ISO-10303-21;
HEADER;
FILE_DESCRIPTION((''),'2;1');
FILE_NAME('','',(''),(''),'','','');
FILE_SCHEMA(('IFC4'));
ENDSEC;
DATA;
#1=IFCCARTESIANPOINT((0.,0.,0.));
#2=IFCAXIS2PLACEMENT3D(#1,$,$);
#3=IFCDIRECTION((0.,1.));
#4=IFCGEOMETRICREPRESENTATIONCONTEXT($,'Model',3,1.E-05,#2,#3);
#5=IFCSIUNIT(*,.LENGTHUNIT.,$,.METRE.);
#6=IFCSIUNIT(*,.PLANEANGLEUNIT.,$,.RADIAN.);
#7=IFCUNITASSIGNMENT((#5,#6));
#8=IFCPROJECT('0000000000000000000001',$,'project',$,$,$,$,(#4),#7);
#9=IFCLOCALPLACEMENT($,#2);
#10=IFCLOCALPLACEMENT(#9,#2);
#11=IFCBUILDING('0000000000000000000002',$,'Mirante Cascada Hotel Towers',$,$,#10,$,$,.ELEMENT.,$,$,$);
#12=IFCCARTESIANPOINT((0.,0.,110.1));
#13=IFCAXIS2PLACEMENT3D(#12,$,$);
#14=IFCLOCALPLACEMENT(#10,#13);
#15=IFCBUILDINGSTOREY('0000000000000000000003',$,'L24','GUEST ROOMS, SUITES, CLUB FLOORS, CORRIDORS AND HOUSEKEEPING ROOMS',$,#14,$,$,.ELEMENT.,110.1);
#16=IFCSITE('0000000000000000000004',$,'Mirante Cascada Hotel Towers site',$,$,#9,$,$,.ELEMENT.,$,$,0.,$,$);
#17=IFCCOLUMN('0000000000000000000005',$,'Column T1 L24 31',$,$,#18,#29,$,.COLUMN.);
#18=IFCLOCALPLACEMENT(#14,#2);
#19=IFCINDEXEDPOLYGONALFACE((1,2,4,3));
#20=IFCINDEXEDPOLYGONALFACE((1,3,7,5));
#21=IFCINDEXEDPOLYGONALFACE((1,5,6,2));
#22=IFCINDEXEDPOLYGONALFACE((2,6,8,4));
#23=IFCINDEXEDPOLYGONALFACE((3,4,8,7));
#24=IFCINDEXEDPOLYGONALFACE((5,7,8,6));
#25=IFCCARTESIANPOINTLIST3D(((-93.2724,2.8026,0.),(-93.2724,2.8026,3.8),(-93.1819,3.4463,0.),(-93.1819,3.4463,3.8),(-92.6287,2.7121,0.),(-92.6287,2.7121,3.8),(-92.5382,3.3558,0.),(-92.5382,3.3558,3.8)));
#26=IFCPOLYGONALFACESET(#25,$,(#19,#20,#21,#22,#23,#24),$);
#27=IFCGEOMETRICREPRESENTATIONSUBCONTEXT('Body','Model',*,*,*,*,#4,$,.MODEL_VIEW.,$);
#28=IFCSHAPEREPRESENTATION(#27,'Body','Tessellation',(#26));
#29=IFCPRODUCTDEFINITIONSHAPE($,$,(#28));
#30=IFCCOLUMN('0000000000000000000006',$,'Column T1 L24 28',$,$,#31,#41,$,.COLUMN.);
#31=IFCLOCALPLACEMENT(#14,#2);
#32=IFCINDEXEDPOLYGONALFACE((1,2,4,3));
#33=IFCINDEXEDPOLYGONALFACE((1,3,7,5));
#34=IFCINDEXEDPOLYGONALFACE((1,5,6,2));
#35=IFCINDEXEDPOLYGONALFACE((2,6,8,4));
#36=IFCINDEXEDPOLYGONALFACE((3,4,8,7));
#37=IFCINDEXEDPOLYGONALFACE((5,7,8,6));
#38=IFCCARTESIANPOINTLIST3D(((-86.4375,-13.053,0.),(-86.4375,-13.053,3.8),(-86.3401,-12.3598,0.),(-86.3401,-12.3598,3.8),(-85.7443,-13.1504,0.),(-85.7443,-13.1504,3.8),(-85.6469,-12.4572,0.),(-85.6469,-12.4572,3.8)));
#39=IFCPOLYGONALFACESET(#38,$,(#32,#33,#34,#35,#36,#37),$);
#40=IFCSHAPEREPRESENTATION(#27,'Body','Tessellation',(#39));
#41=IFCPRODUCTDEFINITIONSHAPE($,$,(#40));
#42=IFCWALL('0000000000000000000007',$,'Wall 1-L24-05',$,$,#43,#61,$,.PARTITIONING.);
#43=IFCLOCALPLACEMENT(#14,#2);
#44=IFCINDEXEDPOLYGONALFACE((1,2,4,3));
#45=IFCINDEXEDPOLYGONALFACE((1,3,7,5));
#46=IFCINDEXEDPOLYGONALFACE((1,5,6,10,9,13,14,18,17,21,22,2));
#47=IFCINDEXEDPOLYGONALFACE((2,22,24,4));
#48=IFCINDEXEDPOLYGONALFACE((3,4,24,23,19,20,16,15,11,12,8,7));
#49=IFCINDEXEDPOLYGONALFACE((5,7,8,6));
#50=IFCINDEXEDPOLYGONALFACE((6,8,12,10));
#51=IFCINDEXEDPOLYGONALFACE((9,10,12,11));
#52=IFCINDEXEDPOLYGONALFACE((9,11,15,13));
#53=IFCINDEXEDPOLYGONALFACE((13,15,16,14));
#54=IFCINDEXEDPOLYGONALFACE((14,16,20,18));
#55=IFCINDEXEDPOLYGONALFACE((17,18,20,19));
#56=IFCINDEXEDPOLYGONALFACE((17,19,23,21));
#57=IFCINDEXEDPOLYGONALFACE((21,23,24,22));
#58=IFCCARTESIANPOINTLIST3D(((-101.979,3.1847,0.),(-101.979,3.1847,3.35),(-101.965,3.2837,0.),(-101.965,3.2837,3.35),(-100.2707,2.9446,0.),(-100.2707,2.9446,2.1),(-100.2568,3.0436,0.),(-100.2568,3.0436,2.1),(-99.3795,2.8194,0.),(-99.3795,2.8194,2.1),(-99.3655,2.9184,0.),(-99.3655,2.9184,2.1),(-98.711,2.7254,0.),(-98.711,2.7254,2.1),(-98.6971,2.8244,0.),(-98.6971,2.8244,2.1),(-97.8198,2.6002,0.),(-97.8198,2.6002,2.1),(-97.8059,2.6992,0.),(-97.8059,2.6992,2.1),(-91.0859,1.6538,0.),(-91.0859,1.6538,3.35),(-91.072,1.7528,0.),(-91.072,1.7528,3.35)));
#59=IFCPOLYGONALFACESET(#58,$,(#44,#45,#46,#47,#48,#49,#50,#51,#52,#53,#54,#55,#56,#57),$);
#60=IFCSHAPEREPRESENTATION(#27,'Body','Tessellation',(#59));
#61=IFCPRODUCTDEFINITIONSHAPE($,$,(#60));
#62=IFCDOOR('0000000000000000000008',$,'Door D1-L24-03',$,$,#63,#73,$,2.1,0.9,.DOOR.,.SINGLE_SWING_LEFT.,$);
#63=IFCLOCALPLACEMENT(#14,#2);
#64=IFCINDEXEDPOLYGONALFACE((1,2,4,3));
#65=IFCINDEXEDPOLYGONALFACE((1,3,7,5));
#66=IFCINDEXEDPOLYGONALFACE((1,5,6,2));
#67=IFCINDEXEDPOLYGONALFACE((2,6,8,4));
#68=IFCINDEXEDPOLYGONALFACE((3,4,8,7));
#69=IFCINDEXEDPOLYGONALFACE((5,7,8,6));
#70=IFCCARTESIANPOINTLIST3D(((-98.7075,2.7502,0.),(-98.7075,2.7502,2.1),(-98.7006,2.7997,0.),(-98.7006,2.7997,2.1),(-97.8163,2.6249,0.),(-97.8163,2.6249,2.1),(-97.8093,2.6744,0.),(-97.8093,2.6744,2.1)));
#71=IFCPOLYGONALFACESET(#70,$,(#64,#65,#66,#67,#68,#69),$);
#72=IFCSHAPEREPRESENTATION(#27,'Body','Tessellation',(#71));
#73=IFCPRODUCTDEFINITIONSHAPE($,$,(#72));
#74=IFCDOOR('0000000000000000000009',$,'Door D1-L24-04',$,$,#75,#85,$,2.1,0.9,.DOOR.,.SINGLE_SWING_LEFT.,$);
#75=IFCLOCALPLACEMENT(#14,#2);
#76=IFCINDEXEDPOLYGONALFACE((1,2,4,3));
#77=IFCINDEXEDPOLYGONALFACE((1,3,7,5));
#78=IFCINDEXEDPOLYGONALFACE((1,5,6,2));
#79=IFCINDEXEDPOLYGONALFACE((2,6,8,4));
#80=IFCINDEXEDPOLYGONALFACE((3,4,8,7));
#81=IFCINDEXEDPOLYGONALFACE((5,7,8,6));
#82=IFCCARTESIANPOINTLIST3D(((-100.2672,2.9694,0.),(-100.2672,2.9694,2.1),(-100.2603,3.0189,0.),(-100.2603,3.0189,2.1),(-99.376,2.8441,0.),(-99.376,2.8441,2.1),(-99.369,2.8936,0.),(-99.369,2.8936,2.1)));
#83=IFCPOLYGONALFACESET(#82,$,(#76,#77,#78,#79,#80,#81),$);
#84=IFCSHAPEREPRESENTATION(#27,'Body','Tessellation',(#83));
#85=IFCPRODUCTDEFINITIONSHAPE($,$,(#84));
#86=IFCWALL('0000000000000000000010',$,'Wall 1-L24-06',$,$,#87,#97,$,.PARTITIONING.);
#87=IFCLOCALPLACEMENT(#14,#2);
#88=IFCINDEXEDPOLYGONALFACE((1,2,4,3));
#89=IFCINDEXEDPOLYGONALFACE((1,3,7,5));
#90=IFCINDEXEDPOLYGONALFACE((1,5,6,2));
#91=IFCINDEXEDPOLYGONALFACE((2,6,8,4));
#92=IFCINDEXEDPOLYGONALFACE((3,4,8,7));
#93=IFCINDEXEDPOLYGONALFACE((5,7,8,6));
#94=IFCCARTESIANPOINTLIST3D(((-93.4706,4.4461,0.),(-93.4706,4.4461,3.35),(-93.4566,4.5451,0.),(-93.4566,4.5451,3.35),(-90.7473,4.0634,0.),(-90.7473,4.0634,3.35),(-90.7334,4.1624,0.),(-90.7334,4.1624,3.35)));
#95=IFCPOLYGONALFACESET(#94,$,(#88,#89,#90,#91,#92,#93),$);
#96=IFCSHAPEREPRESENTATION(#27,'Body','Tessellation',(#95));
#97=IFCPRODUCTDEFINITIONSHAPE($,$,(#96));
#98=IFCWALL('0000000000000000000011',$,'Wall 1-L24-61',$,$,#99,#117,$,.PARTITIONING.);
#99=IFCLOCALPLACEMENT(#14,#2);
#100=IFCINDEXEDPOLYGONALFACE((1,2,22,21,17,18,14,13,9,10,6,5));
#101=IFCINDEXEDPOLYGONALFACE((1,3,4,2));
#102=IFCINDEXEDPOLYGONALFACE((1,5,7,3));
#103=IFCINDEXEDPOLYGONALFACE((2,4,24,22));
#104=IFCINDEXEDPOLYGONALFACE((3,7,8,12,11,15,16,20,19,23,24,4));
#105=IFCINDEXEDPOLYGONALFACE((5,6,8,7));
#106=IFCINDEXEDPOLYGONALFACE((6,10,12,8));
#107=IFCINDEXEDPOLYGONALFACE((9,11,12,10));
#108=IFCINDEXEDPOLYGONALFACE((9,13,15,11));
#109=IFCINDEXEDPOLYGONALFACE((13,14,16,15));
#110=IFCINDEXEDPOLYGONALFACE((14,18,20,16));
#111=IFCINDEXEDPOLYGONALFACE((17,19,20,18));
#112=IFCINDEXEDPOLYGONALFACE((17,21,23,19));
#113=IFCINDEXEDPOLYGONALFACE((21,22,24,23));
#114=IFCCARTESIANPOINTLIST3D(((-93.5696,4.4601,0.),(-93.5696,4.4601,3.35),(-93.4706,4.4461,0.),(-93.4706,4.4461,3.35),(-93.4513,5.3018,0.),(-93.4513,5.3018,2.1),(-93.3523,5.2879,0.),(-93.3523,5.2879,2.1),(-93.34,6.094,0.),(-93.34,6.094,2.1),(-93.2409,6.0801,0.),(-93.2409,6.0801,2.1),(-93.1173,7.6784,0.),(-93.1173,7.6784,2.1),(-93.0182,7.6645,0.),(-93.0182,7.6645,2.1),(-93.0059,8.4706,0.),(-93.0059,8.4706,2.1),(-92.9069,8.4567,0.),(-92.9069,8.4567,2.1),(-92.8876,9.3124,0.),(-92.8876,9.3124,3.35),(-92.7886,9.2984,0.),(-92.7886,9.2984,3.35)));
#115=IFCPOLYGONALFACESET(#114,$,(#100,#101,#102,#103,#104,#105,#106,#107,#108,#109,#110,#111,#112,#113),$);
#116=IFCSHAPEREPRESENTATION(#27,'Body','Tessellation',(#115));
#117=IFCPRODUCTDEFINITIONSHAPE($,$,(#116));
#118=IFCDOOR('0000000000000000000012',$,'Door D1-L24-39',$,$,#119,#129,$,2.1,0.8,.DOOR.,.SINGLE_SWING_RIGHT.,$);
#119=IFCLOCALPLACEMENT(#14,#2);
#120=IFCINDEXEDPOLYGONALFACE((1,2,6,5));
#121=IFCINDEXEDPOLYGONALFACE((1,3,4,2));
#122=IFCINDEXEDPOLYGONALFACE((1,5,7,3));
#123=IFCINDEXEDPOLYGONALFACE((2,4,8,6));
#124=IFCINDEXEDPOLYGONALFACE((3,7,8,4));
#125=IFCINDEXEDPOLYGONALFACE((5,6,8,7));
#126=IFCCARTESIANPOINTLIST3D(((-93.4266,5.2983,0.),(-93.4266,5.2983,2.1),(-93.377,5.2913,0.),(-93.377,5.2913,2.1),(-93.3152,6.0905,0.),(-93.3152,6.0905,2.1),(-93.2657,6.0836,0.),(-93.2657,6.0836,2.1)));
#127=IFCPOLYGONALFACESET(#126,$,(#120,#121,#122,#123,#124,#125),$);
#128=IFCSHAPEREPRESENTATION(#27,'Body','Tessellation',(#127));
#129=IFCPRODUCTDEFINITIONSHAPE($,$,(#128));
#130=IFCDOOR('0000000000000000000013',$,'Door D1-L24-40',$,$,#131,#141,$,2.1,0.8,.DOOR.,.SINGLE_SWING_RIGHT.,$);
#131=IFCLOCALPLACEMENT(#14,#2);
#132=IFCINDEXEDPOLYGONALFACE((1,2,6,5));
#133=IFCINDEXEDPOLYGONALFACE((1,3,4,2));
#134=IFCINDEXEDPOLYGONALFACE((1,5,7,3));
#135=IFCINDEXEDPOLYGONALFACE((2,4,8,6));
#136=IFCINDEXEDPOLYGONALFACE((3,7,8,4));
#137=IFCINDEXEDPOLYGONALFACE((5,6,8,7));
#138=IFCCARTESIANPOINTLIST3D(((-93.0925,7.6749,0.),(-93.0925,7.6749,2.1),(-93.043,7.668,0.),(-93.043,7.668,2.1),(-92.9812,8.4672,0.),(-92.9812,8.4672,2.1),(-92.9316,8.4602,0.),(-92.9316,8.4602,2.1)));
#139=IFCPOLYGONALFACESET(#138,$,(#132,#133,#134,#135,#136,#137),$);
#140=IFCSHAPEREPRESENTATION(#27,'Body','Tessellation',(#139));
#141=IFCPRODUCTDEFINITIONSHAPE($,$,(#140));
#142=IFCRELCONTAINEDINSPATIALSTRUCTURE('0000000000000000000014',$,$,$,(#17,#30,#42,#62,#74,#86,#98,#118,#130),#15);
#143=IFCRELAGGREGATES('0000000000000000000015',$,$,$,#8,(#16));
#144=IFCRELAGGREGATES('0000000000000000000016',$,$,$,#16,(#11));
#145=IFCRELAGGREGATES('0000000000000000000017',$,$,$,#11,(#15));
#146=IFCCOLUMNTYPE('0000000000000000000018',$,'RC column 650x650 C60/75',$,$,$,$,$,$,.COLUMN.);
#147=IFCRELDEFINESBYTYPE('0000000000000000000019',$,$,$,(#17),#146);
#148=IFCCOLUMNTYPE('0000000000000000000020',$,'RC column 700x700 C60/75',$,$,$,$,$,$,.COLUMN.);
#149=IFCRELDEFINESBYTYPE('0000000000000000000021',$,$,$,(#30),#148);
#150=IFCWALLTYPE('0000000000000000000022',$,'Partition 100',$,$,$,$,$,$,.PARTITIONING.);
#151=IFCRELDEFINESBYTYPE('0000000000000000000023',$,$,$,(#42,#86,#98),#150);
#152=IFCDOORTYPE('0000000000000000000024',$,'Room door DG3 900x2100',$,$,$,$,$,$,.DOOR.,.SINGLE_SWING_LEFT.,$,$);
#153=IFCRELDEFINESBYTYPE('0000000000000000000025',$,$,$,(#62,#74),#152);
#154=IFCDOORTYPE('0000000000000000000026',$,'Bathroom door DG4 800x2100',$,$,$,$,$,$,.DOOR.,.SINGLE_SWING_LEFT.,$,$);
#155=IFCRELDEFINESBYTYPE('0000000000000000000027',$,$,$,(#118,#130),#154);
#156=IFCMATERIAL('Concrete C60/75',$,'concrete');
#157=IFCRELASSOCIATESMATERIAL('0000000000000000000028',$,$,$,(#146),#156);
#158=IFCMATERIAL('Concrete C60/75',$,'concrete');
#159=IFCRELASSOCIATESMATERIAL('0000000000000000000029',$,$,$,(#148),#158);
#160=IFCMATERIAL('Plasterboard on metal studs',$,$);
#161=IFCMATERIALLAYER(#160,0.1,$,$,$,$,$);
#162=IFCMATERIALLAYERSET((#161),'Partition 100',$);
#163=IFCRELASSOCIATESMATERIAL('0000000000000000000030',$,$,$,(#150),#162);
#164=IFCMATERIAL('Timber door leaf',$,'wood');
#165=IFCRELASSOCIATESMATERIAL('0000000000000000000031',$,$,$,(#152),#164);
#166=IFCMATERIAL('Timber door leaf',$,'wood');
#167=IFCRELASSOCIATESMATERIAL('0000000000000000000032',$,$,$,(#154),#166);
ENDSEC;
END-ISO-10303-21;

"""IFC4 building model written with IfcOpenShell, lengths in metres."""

from ifc_helpers import new_model, si_unit, direction, frame, frame_2d, origin, origin_2d, place, context, subcontext, project, spatial, rectangle, extrude, material, layer, layer_set, material_profile, profile_set, type_object, element, fill, save


model = new_model("IFC4")

# Units and contexts
model_context = context("Model", 3, precision=1e-05, world=origin(), true_north=direction((0.0, 1.0)))
body_context = subcontext(model_context, "Body", "Model", "MODEL_VIEW")
ifc_project = project(units=[si_unit("LENGTHUNIT", "METRE"), si_unit("PLANEANGLEUNIT", "RADIAN")], contexts=[model_context])

# Site, building, storey
site_placement = place(None, origin())
site = spatial("IfcSite", under=ifc_project, at=site_placement, Name="Mirante Cascada Hotel Towers site", CompositionType="ELEMENT", RefElevation=0.0)
building_placement = place(site_placement, origin())
building = spatial("IfcBuilding", under=site, at=building_placement, Name="Mirante Cascada Hotel Towers", CompositionType="ELEMENT")
storey_placement = place(building_placement, frame((0.0, 0.0, 110.1)))
storey = spatial("IfcBuildingStorey", under=building, at=storey_placement, Name="L24", Description="GUEST ROOMS, SUITES, CLUB FLOORS, CORRIDORS AND HOUSEKEEPING ROOMS", CompositionType="ELEMENT", Elevation=110.1)

# Columns
ifc_material_1 = material(Name="Concrete C60/75", Category="concrete")
ifc_material_profile_1 = material_profile(ifc_material_1, rectangle(XDim=0.65, YDim=0.65, at=origin_2d()), Name="RC column 650x650 C60/75")
ifc_profile_set_1 = profile_set([ifc_material_profile_1], Name="Concrete C60/75")
column_type_1 = type_object("IfcColumnType", Name="RC column 650x650 C60/75", PredefinedType="COLUMN", material=ifc_profile_set_1)
column_1_placement = place(storey_placement, frame((-92.9053, 3.0792, 0.0), z_axis=(0.0, 0.0, 1.0), x_axis=(-0.990268, 0.139173, 0.0)))
element("IfcColumn", 1, at=column_1_placement, inside=storey, type_object=column_type_1, Name="Column T1 L24 31", PredefinedType="COLUMN", context=body_context, shape_type="SweptSolid", body=[
    extrude(rectangle(XDim=0.65, YDim=0.65, at=origin_2d()), origin(), (0.0, 0.0, 1.0), 3.8),
])
ifc_material_2 = material(Name="Concrete C60/75", Category="concrete")
ifc_material_profile_2 = material_profile(ifc_material_2, rectangle(XDim=0.7, YDim=0.7, at=origin_2d()), Name="RC column 700x700 C60/75")
ifc_profile_set_2 = profile_set([ifc_material_profile_2], Name="Concrete C60/75")
column_type_2 = type_object("IfcColumnType", Name="RC column 700x700 C60/75", PredefinedType="COLUMN", material=ifc_profile_set_2)
column_2_placement = place(storey_placement, frame((-86.0422, -12.7551, 0.0), z_axis=(0.0, 0.0, 1.0), x_axis=(-0.990268, 0.139173, 0.0)))
element("IfcColumn", 2, at=column_2_placement, inside=storey, type_object=column_type_2, Name="Column T1 L24 28", PredefinedType="COLUMN", context=body_context, shape_type="SweptSolid", body=[
    extrude(rectangle(XDim=0.7, YDim=0.7, at=origin_2d()), origin(), (0.0, 0.0, 1.0), 3.8),
])

# Wall, openings, doors
ifc_material_3 = material(Name="Plasterboard on metal studs")
ifc_layer_1 = layer(ifc_material_3, 0.1)
ifc_layer_set_1 = layer_set([ifc_layer_1], Name="Partition 100")
wall_type_1 = type_object("IfcWallType", Name="Partition 100", PredefinedType="PARTITIONING", material=ifc_layer_set_1)
wall_1_placement = place(storey_placement, frame((-91.079, 1.7033, 0.0), z_axis=(0.0, 0.0, 1.0), x_axis=(-0.990268, 0.139172, 0.0)))
wall_1 = element("IfcWall", 3, at=wall_1_placement, inside=storey, type_object=wall_type_1, Name="Wall 1-L24-05", PredefinedType="PARTITIONING", context=body_context, shape_type="SweptSolid", body=[
    extrude(rectangle(XDim=11.0001, YDim=0.1, at=frame_2d((5.5, 0.0))), origin(), (0.0, 0.0, 1.0), 3.35),
])
opening_1_placement = place(wall_1_placement, frame((6.8, 0.0, 0.0)))
opening_1 = element("IfcOpeningElement", 4, at=opening_1_placement, cuts=wall_1, PredefinedType="OPENING", context=body_context, shape_type="SweptSolid", body=[
    extrude(rectangle(XDim=0.9, YDim=2.1, at=frame_2d((0.45, 1.05))), frame((0.0, 0.05, 0.0), z_axis=(0.0, -1.0, 0.0), x_axis=(1.0, 0.0, 0.0)), (0.0, 0.0, 1.0), 0.1),
])
opening_2_placement = place(wall_1_placement, frame((8.375, 0.0, 0.0)))
opening_2 = element("IfcOpeningElement", 5, at=opening_2_placement, cuts=wall_1, PredefinedType="OPENING", context=body_context, shape_type="SweptSolid", body=[
    extrude(rectangle(XDim=0.9, YDim=2.1, at=frame_2d((0.45, 1.05))), frame((0.0, 0.05, 0.0), z_axis=(0.0, -1.0, 0.0), x_axis=(1.0, 0.0, 0.0)), (0.0, 0.0, 1.0), 0.1),
])
ifc_material_4 = material(Name="Timber door leaf", Category="wood")
door_type_1 = type_object("IfcDoorType", Name="Room door DG3 900x2100", OperationType="SINGLE_SWING_LEFT", PredefinedType="DOOR", material=ifc_material_4)
door_1_placement = place(opening_1_placement, origin())
door_1 = element("IfcDoor", 6, at=door_1_placement, inside=storey, type_object=door_type_1, Name="Door D1-L24-03", OperationType="SINGLE_SWING_LEFT", OverallHeight=2.1, OverallWidth=0.9, PredefinedType="DOOR", context=body_context, shape_type="SweptSolid", body=[
    extrude(rectangle(XDim=0.9, YDim=2.1, at=frame_2d((0.45, 1.05))), frame((0.0, 0.025, 0.0), z_axis=(0.0, -1.0, 0.0), x_axis=(1.0, 0.0, 0.0)), (0.0, 0.0, 1.0), 0.05),
])
fill(opening_1, door_1)
door_2_placement = place(opening_2_placement, origin())
door_2 = element("IfcDoor", 7, at=door_2_placement, inside=storey, type_object=door_type_1, Name="Door D1-L24-04", OperationType="SINGLE_SWING_LEFT", OverallHeight=2.1, OverallWidth=0.9, PredefinedType="DOOR", context=body_context, shape_type="SweptSolid", body=[
    extrude(rectangle(XDim=0.9, YDim=2.1, at=frame_2d((0.45, 1.05))), frame((0.0, 0.025, 0.0), z_axis=(0.0, -1.0, 0.0), x_axis=(1.0, 0.0, 0.0)), (0.0, 0.0, 1.0), 0.05),
])
fill(opening_2, door_2)

# Wall
wall_2_placement = place(storey_placement, frame((-93.4636, 4.4956, 0.0), z_axis=(0.0, 0.0, 1.0), x_axis=(0.990269, -0.139166, 0.0)))
element("IfcWall", 8, at=wall_2_placement, inside=storey, type_object=wall_type_1, Name="Wall 1-L24-06", PredefinedType="PARTITIONING", context=body_context, shape_type="SweptSolid", body=[
    extrude(rectangle(XDim=2.75, YDim=0.1, at=frame_2d((1.375, 0.0))), origin(), (0.0, 0.0, 1.0), 3.35),
])

# Wall, openings, doors
wall_3_placement = place(storey_placement, frame((-93.5201, 4.4531, 0.0), z_axis=(0.0, 0.0, 1.0), x_axis=(0.139184, 0.990267, 0.0)))
wall_3 = element("IfcWall", 9, at=wall_3_placement, inside=storey, type_object=wall_type_1, Name="Wall 1-L24-61", PredefinedType="PARTITIONING", context=body_context, shape_type="SweptSolid", body=[
    extrude(rectangle(XDim=4.9, YDim=0.1, at=frame_2d((2.45, 0.0))), origin(), (0.0, 0.0, 1.0), 3.35),
])
opening_3_placement = place(wall_3_placement, frame((0.85, 0.0, 0.0)))
opening_3 = element("IfcOpeningElement", 10, at=opening_3_placement, cuts=wall_3, PredefinedType="OPENING", context=body_context, shape_type="SweptSolid", body=[
    extrude(rectangle(XDim=0.8, YDim=2.1, at=frame_2d((0.4, 1.05))), frame((0.0, 0.05, 0.0), z_axis=(0.0, -1.0, 0.0), x_axis=(1.0, 0.0, 0.0)), (0.0, 0.0, 1.0), 0.1),
])
opening_4_placement = place(wall_3_placement, frame((3.25, 0.0, 0.0)))
opening_4 = element("IfcOpeningElement", 11, at=opening_4_placement, cuts=wall_3, PredefinedType="OPENING", context=body_context, shape_type="SweptSolid", body=[
    extrude(rectangle(XDim=0.8, YDim=2.1, at=frame_2d((0.4, 1.05))), frame((0.0, 0.05, 0.0), z_axis=(0.0, -1.0, 0.0), x_axis=(1.0, 0.0, 0.0)), (0.0, 0.0, 1.0), 0.1),
])
ifc_material_5 = material(Name="Timber door leaf", Category="wood")
door_type_2 = type_object("IfcDoorType", Name="Bathroom door DG4 800x2100", OperationType="SINGLE_SWING_LEFT", PredefinedType="DOOR", material=ifc_material_5)
door_3_placement = place(opening_3_placement, frame((0.8, 0.0, 0.0), z_axis=(0.0, 0.0, 1.0), x_axis=(-1.0, 0.0, 0.0)))
door_3 = element("IfcDoor", 12, at=door_3_placement, inside=storey, type_object=door_type_2, Name="Door D1-L24-39", OperationType="SINGLE_SWING_RIGHT", OverallHeight=2.1, OverallWidth=0.8, PredefinedType="DOOR", context=body_context, shape_type="SweptSolid", body=[
    extrude(rectangle(XDim=0.8, YDim=2.1, at=frame_2d((0.4, 1.05))), frame((0.0, 0.025, 0.0), z_axis=(0.0, -1.0, 0.0), x_axis=(1.0, 0.0, 0.0)), (0.0, 0.0, 1.0), 0.05),
])
fill(opening_3, door_3)
door_4_placement = place(opening_4_placement, frame((0.8, 0.0, 0.0), z_axis=(0.0, 0.0, 1.0), x_axis=(-1.0, 0.0, 0.0)))
door_4 = element("IfcDoor", 13, at=door_4_placement, inside=storey, type_object=door_type_2, Name="Door D1-L24-40", OperationType="SINGLE_SWING_RIGHT", OverallHeight=2.1, OverallWidth=0.8, PredefinedType="DOOR", context=body_context, shape_type="SweptSolid", body=[
    extrude(rectangle(XDim=0.8, YDim=2.1, at=frame_2d((0.4, 1.05))), frame((0.0, 0.025, 0.0), z_axis=(0.0, -1.0, 0.0), x_axis=(1.0, 0.0, 0.0)), (0.0, 0.0, 1.0), 0.05),
])
fill(opening_4, door_4)

save(model, "model.ifc")
